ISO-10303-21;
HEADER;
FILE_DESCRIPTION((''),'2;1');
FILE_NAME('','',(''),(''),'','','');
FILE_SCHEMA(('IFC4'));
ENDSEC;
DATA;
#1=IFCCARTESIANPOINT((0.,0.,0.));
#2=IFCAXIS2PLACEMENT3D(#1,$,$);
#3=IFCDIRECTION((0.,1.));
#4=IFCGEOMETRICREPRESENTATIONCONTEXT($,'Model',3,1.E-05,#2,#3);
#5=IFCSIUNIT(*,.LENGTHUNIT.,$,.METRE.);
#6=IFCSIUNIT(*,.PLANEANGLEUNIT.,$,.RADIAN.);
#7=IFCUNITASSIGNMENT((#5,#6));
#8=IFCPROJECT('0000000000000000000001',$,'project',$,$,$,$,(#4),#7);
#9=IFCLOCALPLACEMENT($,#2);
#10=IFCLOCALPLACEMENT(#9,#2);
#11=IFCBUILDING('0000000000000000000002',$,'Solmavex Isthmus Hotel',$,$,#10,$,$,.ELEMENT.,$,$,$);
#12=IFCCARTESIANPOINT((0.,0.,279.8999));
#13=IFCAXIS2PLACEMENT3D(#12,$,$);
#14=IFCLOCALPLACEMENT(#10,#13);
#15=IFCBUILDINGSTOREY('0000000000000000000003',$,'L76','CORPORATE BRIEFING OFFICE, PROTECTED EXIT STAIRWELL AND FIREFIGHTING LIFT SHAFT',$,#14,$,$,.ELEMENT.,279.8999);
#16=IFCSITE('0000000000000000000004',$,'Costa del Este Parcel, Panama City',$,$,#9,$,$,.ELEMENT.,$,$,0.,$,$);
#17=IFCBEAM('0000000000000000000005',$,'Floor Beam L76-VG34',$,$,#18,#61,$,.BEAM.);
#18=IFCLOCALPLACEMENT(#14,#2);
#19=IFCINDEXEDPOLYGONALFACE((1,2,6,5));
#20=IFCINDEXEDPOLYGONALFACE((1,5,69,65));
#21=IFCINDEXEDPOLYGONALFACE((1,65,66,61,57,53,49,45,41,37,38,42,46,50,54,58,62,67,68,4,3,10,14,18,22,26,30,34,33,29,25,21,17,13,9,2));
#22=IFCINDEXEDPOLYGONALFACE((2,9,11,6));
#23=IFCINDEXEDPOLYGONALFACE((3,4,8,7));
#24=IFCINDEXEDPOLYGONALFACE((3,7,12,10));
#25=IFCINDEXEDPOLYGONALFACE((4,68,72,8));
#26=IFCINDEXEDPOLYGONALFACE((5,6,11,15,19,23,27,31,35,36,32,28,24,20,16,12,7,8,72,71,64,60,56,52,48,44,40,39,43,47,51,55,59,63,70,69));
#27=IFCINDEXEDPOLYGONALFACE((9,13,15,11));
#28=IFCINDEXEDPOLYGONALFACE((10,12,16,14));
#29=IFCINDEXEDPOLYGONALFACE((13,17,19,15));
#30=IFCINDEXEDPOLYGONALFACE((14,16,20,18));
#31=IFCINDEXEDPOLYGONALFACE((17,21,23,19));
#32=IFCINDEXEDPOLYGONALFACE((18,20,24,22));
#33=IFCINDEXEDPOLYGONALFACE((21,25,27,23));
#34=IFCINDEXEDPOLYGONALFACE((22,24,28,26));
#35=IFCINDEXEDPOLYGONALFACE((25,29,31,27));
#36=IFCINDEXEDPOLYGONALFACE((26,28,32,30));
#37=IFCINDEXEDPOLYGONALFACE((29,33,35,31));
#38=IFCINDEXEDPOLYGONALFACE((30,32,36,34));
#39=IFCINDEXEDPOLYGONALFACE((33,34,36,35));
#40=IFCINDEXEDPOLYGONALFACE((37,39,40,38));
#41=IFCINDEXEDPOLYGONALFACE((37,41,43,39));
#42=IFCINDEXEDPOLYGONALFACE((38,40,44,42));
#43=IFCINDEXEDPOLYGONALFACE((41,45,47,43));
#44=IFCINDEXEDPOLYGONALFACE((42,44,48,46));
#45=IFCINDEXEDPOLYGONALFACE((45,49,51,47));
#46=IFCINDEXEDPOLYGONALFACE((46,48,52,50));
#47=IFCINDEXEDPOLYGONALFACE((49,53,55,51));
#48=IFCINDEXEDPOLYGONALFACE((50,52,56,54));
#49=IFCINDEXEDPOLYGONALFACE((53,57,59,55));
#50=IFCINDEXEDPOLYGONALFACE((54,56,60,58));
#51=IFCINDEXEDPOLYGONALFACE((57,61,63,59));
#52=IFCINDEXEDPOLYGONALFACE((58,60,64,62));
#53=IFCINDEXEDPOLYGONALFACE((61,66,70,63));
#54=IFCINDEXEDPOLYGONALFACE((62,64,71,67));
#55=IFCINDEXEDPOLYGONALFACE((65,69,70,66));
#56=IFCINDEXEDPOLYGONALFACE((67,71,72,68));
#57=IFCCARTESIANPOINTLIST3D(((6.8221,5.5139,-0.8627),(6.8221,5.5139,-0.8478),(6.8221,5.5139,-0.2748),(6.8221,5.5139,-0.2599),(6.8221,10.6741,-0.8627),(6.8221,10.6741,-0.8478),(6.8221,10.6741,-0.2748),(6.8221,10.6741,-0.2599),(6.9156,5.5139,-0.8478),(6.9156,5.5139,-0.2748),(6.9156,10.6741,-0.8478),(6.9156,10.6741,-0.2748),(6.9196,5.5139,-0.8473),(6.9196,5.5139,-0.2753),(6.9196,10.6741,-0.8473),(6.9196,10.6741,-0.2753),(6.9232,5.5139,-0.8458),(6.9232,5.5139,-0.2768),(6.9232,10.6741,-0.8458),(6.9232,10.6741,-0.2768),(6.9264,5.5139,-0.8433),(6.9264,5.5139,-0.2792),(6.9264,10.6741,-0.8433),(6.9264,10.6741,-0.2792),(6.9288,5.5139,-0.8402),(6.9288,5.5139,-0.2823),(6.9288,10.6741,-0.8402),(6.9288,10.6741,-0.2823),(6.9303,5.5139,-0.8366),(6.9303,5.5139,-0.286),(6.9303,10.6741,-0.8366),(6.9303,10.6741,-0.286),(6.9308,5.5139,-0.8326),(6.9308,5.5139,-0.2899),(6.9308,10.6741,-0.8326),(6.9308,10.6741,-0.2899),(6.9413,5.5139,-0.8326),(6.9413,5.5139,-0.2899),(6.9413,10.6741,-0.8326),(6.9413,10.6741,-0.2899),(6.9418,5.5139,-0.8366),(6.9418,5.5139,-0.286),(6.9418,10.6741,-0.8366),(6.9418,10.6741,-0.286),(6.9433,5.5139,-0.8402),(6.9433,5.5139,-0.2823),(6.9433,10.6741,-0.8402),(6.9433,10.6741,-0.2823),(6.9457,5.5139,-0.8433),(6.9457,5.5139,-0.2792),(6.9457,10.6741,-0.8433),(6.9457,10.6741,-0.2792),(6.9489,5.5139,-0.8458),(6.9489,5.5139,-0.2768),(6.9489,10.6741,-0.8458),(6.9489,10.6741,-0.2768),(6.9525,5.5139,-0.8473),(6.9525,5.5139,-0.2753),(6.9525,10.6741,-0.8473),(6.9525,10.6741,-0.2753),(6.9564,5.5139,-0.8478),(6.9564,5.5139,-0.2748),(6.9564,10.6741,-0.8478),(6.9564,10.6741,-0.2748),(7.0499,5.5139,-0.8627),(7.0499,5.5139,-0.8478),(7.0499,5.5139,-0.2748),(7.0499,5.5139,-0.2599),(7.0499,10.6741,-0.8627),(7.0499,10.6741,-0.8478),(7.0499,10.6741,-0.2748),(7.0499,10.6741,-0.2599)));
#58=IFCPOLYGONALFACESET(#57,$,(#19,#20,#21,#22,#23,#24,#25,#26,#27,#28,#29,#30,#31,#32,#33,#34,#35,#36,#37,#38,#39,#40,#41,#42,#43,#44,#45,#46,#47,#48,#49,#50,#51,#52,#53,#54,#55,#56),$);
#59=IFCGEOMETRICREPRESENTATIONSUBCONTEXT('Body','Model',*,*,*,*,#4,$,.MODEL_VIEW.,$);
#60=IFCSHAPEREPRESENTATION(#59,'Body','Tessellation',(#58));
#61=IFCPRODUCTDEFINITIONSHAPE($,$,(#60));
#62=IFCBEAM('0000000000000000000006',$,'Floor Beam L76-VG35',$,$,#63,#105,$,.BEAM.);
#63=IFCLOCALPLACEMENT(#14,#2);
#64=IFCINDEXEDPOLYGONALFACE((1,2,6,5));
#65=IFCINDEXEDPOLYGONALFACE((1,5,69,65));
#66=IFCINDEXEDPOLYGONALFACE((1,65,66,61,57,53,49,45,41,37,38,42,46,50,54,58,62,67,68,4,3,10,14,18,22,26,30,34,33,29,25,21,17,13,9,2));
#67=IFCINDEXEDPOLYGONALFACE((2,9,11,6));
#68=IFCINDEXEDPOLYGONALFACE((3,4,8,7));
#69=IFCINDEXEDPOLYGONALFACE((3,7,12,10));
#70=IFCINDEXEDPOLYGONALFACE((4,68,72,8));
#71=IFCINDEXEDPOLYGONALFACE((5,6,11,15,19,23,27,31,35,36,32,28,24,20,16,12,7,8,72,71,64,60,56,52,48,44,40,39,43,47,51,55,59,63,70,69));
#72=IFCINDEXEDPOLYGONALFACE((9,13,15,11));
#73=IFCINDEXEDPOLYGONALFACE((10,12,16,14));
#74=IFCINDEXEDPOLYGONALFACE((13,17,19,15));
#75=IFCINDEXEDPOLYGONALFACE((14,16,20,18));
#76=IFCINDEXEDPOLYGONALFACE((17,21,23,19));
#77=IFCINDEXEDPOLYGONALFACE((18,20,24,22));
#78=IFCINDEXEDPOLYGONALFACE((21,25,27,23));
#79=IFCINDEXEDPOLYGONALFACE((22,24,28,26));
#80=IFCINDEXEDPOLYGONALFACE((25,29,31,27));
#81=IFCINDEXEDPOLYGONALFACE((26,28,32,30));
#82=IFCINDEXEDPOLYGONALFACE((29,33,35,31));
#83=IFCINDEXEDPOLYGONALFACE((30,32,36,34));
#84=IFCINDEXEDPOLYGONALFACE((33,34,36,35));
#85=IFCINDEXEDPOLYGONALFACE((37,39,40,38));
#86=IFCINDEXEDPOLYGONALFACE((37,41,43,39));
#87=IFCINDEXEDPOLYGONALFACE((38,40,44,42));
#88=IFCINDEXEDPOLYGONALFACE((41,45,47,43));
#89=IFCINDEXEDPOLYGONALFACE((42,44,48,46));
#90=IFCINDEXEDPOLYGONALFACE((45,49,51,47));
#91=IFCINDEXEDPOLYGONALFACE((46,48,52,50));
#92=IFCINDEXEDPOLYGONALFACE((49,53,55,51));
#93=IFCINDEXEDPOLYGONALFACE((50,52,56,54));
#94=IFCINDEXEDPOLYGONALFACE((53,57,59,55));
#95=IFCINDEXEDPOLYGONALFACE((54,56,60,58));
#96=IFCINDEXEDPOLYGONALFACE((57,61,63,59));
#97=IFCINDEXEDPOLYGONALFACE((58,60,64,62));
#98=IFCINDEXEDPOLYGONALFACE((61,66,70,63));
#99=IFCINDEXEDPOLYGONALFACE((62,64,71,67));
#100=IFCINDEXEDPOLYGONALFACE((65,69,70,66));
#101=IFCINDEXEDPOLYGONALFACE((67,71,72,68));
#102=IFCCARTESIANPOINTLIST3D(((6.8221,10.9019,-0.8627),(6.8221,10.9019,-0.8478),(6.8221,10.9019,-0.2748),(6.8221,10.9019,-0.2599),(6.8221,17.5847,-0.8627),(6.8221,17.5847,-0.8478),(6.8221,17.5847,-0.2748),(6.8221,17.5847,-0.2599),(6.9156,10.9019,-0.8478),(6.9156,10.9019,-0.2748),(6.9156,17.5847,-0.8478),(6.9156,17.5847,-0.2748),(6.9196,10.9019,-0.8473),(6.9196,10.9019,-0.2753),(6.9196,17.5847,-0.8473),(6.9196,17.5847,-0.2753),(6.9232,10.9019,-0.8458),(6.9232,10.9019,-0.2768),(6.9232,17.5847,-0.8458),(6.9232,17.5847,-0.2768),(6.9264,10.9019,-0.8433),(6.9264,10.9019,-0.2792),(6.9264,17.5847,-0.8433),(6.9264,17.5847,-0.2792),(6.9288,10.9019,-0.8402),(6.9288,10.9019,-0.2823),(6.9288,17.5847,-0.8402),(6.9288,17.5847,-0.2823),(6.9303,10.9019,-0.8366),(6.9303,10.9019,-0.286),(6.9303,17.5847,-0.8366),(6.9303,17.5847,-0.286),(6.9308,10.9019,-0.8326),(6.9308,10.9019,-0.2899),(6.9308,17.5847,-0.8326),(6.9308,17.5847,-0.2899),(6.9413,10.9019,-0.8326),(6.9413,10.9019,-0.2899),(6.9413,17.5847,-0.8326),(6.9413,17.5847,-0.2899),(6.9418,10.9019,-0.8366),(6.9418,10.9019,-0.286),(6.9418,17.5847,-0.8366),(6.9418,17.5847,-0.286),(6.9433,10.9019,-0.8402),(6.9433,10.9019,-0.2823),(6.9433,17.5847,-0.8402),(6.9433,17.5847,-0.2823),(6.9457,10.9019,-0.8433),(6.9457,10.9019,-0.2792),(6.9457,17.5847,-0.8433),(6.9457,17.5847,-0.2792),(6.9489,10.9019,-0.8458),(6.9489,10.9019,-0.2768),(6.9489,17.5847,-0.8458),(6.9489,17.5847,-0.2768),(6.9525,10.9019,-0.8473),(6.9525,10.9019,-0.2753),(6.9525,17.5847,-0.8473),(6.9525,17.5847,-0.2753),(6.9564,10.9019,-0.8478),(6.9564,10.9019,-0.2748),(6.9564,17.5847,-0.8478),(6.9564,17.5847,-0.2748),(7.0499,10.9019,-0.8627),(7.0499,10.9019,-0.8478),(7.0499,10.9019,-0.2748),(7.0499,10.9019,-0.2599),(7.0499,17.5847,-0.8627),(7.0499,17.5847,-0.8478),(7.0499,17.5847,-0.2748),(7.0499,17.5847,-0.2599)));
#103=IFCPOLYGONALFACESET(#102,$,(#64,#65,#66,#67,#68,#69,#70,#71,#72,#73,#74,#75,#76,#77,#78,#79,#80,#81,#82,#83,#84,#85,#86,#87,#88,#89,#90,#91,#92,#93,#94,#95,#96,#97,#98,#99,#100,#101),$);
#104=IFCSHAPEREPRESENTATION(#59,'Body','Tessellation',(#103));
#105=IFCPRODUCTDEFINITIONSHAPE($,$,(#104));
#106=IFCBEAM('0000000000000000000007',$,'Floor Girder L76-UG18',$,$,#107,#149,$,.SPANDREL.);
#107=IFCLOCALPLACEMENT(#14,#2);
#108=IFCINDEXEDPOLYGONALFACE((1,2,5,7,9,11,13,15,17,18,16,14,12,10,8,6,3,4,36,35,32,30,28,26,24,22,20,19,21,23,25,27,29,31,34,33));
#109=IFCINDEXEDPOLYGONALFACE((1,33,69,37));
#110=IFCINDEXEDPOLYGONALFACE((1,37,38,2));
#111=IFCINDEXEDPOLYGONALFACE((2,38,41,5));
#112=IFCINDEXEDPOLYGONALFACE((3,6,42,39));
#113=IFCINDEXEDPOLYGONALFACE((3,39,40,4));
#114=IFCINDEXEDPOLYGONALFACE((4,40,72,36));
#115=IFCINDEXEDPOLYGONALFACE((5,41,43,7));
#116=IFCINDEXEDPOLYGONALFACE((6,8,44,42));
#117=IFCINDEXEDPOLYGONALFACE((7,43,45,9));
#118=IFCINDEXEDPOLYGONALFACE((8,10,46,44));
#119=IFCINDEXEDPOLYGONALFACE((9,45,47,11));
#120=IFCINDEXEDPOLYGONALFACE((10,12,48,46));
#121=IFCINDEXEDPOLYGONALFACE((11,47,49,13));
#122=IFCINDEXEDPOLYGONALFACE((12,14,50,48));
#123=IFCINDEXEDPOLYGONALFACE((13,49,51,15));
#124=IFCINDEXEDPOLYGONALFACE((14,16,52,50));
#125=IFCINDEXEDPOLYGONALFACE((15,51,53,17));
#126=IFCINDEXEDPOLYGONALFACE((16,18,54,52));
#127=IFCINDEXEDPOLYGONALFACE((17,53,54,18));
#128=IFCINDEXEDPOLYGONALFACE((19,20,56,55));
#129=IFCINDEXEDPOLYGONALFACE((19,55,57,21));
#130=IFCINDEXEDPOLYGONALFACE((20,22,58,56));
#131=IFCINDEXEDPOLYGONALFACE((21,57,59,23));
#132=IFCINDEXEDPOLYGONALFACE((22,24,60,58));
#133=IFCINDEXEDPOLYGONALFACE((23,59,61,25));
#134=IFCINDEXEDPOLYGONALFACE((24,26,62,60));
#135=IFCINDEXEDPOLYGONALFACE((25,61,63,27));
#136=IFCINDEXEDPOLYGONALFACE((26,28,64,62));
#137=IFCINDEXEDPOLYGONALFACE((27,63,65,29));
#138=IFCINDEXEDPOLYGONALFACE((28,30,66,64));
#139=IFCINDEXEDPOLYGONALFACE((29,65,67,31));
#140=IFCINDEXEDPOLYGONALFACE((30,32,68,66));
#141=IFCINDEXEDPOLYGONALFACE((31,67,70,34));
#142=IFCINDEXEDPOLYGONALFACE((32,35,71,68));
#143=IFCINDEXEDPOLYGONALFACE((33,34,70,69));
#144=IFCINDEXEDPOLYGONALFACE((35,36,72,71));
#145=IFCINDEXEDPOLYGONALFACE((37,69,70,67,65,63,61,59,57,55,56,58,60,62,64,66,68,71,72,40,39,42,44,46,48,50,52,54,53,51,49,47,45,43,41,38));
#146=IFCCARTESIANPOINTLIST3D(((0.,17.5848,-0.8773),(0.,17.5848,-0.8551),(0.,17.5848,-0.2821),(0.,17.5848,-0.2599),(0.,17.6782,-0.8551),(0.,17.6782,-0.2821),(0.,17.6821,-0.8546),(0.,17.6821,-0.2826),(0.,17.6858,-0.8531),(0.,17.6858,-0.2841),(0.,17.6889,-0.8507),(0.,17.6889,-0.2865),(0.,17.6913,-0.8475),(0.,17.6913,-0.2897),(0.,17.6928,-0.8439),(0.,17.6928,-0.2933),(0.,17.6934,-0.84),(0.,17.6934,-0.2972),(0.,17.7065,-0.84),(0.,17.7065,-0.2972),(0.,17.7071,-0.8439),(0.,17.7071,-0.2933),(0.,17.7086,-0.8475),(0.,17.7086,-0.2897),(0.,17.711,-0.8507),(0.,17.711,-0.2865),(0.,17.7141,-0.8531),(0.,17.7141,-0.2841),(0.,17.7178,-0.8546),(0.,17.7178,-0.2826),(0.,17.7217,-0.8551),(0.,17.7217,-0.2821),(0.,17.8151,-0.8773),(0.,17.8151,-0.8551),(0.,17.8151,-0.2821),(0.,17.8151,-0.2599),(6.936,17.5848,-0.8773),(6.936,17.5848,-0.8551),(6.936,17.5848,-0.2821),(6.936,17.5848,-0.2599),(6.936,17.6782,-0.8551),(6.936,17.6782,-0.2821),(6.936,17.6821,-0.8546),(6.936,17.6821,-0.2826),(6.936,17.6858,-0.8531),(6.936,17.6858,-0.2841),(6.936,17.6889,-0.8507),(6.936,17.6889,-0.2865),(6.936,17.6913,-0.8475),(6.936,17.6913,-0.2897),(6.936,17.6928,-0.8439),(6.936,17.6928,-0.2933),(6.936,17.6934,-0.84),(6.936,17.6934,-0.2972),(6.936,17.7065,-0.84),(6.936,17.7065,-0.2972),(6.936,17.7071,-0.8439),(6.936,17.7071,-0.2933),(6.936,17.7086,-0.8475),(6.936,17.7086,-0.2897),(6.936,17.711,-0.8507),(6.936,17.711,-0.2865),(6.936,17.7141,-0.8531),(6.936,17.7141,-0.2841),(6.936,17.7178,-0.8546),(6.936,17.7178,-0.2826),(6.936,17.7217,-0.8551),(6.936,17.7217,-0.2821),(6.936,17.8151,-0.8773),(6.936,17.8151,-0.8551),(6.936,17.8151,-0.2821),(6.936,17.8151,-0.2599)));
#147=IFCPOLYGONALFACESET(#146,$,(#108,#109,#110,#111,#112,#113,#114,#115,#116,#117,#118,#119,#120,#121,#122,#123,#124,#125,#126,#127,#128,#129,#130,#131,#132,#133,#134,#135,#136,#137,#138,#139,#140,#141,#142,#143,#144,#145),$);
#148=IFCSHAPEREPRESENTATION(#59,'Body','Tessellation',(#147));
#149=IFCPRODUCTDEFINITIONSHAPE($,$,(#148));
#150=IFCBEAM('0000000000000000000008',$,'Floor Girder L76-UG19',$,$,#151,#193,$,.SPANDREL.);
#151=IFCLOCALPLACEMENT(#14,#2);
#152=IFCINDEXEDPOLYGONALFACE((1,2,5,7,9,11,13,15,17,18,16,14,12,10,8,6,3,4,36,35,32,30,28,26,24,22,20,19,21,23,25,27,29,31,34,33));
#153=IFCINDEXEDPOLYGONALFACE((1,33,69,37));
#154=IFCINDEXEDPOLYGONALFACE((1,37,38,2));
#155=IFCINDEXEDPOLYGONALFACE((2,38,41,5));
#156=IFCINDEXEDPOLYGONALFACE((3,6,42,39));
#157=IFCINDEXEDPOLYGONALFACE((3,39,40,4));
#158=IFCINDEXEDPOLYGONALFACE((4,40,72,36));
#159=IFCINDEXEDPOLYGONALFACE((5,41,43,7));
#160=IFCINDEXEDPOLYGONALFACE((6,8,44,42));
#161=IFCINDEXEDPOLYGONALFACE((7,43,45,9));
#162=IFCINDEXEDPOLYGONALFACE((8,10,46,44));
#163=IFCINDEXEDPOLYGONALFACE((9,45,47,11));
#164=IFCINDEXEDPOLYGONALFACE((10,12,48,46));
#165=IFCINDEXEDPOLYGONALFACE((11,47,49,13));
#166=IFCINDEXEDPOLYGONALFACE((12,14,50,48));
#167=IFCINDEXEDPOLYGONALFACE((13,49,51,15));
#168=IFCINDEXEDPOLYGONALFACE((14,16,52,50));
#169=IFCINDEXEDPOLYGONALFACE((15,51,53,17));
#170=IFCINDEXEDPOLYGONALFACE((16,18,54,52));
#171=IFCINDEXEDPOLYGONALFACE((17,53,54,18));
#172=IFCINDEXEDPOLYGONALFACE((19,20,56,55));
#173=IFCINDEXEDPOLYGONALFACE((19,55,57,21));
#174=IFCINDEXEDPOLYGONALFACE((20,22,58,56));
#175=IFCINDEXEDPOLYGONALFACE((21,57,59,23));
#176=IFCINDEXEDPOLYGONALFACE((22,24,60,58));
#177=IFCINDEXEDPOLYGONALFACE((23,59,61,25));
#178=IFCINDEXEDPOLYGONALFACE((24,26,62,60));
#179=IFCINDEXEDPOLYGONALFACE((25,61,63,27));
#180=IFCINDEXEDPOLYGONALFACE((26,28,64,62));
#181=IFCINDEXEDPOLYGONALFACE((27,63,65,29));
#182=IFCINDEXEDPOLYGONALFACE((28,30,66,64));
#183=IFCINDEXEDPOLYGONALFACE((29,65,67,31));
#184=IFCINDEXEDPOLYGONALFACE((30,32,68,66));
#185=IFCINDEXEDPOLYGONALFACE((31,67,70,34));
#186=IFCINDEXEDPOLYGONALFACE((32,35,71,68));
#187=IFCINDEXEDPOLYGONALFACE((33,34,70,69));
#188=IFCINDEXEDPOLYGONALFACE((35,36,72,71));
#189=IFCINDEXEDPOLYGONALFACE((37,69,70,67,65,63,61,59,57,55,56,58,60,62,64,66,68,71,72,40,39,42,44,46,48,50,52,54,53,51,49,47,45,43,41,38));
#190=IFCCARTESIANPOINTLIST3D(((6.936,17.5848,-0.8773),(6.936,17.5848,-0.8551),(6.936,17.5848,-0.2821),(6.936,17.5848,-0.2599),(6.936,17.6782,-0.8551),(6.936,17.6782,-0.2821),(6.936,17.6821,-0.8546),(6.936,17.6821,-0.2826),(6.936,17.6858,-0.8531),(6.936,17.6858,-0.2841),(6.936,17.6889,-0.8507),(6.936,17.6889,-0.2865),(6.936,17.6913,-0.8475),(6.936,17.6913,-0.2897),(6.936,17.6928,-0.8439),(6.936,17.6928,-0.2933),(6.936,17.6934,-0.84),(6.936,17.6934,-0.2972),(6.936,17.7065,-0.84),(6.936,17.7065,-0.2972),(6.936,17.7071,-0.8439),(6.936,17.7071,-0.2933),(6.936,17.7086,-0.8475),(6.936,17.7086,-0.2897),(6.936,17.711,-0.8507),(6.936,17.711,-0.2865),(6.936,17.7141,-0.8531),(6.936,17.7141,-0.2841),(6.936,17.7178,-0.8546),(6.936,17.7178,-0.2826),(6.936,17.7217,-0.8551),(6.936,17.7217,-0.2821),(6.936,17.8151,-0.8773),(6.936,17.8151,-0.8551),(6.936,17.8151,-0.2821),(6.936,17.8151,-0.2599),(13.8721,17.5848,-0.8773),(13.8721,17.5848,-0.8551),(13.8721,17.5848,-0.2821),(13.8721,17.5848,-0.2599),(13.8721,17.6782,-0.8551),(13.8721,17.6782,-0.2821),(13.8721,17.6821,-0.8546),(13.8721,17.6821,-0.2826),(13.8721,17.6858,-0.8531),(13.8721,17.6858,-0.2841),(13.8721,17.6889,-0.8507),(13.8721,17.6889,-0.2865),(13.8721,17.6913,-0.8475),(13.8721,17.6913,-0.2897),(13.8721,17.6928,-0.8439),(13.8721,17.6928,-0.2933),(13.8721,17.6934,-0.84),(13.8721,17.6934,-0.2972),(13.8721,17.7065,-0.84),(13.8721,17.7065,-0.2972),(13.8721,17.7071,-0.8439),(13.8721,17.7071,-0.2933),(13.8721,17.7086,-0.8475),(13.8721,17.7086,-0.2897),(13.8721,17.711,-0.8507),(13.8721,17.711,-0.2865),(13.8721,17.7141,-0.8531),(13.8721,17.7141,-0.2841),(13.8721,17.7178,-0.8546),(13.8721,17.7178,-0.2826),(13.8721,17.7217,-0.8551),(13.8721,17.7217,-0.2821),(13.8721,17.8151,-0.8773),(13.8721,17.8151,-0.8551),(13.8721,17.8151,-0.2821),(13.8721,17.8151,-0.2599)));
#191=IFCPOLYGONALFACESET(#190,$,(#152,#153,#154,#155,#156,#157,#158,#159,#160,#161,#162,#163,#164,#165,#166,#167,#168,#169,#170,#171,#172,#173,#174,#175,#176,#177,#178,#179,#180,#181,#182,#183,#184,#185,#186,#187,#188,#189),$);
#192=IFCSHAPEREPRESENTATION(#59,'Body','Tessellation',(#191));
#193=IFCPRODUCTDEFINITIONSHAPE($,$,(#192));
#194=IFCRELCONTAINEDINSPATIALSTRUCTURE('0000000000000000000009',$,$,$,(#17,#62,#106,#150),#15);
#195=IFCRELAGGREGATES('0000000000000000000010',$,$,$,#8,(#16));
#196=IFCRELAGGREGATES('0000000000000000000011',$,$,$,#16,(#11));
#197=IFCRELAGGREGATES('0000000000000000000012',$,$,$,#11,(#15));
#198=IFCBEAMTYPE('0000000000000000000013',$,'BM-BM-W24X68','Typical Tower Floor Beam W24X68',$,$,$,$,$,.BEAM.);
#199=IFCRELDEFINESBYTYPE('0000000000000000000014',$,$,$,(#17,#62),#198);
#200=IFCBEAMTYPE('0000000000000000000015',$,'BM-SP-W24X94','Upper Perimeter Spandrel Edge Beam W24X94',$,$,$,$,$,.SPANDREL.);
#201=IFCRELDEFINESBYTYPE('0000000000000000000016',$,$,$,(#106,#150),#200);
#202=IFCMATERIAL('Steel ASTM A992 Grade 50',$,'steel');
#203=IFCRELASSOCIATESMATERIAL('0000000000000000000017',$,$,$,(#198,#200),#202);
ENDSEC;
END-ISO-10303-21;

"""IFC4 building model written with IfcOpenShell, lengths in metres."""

from ifc_helpers import new_model, si_unit, direction, frame, origin, origin_2d, place, context, subcontext, project, spatial, i_section, extrude, material, material_profile, profile_set, type_object, element, save


model = new_model("IFC4")

# Units and contexts
model_context = context("Model", 3, precision=1e-05, world=origin(), true_north=direction((0.0, 1.0)))
body_context = subcontext(model_context, "Body", "Model", "MODEL_VIEW")
ifc_project = project(units=[si_unit("LENGTHUNIT", "METRE"), si_unit("PLANEANGLEUNIT", "RADIAN")], contexts=[model_context])

# Site, building, storey
site_placement = place(None, origin())
site = spatial("IfcSite", under=ifc_project, at=site_placement, Name="Costa del Este Parcel, Panama City", CompositionType="ELEMENT", RefElevation=0.0)
building_placement = place(site_placement, origin())
building = spatial("IfcBuilding", under=site, at=building_placement, Name="Solmavex Isthmus Hotel", CompositionType="ELEMENT")
storey_placement = place(building_placement, frame((0.0, 0.0, 279.8999)))
storey = spatial("IfcBuildingStorey", under=building, at=storey_placement, Name="L76", Description="CORPORATE BRIEFING OFFICE, PROTECTED EXIT STAIRWELL AND FIREFIGHTING LIFT SHAFT", CompositionType="ELEMENT", Elevation=279.8999)

# Beams
ifc_material_1 = material(Name="Steel ASTM A992 Grade 50", Category="steel")
ifc_material_profile_1 = material_profile(ifc_material_1, i_section(OverallWidth=0.2278, OverallDepth=0.6028, WebThickness=0.0105, FlangeThickness=0.0149, FilletRadius=0.0151, at=origin_2d()), Name="W24X68")
ifc_profile_set_1 = profile_set([ifc_material_profile_1], Name="Steel ASTM A992 Grade 50")
beam_type_1 = type_object("IfcBeamType", Name="BM-BM-W24X68", Description="Typical Tower Floor Beam W24X68", PredefinedType="BEAM", material=ifc_profile_set_1)
beam_1_placement = place(storey_placement, frame((6.936, 5.5139, -0.5613), z_axis=(0.0, 1.0, 0.0), x_axis=(-1.0, 0.0, 0.0)))
element("IfcBeam", 1, at=beam_1_placement, inside=storey, type_object=beam_type_1, Name="Floor Beam L76-VG34", PredefinedType="BEAM", context=body_context, shape_type="SweptSolid", body=[
    extrude(i_section(OverallWidth=0.2278, OverallDepth=0.6028, WebThickness=0.0105, FlangeThickness=0.0149, FilletRadius=0.0151, at=origin_2d()), origin(), (0.0, 0.0, 1.0), 5.1602),
])
beam_2_placement = place(storey_placement, frame((6.936, 10.9019, -0.5613), z_axis=(0.0, 1.0, 0.0), x_axis=(-1.0, 0.0, 0.0)))
element("IfcBeam", 2, at=beam_2_placement, inside=storey, type_object=beam_type_1, Name="Floor Beam L76-VG35", PredefinedType="BEAM", context=body_context, shape_type="SweptSolid", body=[
    extrude(i_section(OverallWidth=0.2278, OverallDepth=0.6028, WebThickness=0.0105, FlangeThickness=0.0149, FilletRadius=0.0151, at=origin_2d()), origin(), (0.0, 0.0, 1.0), 6.6829),
])
ifc_material_profile_2 = material_profile(ifc_material_1, i_section(OverallWidth=0.2302, OverallDepth=0.6174, WebThickness=0.0132, FlangeThickness=0.0222, FilletRadius=0.0151, at=origin_2d()), Name="W24X94")
ifc_profile_set_2 = profile_set([ifc_material_profile_2], Name="Steel ASTM A992 Grade 50")
beam_type_2 = type_object("IfcBeamType", Name="BM-SP-W24X94", Description="Upper Perimeter Spandrel Edge Beam W24X94", PredefinedType="SPANDREL", material=ifc_profile_set_2)
for number, where, z_axis, x_axis, name in (
    (3, (0.0, 17.7, -0.5686), (1.0, 0.0, 0.0), (0.0, 1.0, 0.0), "Floor Girder L76-UG18"),
    (4, (6.936, 17.7, -0.5686), (1.0, 0.0, 0.0), (0.0, 1.0, 0.0), "Floor Girder L76-UG19"),
):
    element("IfcBeam", number, at=place(storey_placement, frame(where, z_axis=z_axis, x_axis=x_axis)), inside=storey, type_object=beam_type_2, Name=name, PredefinedType="SPANDREL", context=body_context, shape_type="SweptSolid", body=[
        extrude(i_section(OverallWidth=0.2302, OverallDepth=0.6174, WebThickness=0.0132, FlangeThickness=0.0222, FilletRadius=0.0151, at=origin_2d()), origin(), (0.0, 0.0, 1.0), 6.936),
    ])

save(model, "model.ifc")
